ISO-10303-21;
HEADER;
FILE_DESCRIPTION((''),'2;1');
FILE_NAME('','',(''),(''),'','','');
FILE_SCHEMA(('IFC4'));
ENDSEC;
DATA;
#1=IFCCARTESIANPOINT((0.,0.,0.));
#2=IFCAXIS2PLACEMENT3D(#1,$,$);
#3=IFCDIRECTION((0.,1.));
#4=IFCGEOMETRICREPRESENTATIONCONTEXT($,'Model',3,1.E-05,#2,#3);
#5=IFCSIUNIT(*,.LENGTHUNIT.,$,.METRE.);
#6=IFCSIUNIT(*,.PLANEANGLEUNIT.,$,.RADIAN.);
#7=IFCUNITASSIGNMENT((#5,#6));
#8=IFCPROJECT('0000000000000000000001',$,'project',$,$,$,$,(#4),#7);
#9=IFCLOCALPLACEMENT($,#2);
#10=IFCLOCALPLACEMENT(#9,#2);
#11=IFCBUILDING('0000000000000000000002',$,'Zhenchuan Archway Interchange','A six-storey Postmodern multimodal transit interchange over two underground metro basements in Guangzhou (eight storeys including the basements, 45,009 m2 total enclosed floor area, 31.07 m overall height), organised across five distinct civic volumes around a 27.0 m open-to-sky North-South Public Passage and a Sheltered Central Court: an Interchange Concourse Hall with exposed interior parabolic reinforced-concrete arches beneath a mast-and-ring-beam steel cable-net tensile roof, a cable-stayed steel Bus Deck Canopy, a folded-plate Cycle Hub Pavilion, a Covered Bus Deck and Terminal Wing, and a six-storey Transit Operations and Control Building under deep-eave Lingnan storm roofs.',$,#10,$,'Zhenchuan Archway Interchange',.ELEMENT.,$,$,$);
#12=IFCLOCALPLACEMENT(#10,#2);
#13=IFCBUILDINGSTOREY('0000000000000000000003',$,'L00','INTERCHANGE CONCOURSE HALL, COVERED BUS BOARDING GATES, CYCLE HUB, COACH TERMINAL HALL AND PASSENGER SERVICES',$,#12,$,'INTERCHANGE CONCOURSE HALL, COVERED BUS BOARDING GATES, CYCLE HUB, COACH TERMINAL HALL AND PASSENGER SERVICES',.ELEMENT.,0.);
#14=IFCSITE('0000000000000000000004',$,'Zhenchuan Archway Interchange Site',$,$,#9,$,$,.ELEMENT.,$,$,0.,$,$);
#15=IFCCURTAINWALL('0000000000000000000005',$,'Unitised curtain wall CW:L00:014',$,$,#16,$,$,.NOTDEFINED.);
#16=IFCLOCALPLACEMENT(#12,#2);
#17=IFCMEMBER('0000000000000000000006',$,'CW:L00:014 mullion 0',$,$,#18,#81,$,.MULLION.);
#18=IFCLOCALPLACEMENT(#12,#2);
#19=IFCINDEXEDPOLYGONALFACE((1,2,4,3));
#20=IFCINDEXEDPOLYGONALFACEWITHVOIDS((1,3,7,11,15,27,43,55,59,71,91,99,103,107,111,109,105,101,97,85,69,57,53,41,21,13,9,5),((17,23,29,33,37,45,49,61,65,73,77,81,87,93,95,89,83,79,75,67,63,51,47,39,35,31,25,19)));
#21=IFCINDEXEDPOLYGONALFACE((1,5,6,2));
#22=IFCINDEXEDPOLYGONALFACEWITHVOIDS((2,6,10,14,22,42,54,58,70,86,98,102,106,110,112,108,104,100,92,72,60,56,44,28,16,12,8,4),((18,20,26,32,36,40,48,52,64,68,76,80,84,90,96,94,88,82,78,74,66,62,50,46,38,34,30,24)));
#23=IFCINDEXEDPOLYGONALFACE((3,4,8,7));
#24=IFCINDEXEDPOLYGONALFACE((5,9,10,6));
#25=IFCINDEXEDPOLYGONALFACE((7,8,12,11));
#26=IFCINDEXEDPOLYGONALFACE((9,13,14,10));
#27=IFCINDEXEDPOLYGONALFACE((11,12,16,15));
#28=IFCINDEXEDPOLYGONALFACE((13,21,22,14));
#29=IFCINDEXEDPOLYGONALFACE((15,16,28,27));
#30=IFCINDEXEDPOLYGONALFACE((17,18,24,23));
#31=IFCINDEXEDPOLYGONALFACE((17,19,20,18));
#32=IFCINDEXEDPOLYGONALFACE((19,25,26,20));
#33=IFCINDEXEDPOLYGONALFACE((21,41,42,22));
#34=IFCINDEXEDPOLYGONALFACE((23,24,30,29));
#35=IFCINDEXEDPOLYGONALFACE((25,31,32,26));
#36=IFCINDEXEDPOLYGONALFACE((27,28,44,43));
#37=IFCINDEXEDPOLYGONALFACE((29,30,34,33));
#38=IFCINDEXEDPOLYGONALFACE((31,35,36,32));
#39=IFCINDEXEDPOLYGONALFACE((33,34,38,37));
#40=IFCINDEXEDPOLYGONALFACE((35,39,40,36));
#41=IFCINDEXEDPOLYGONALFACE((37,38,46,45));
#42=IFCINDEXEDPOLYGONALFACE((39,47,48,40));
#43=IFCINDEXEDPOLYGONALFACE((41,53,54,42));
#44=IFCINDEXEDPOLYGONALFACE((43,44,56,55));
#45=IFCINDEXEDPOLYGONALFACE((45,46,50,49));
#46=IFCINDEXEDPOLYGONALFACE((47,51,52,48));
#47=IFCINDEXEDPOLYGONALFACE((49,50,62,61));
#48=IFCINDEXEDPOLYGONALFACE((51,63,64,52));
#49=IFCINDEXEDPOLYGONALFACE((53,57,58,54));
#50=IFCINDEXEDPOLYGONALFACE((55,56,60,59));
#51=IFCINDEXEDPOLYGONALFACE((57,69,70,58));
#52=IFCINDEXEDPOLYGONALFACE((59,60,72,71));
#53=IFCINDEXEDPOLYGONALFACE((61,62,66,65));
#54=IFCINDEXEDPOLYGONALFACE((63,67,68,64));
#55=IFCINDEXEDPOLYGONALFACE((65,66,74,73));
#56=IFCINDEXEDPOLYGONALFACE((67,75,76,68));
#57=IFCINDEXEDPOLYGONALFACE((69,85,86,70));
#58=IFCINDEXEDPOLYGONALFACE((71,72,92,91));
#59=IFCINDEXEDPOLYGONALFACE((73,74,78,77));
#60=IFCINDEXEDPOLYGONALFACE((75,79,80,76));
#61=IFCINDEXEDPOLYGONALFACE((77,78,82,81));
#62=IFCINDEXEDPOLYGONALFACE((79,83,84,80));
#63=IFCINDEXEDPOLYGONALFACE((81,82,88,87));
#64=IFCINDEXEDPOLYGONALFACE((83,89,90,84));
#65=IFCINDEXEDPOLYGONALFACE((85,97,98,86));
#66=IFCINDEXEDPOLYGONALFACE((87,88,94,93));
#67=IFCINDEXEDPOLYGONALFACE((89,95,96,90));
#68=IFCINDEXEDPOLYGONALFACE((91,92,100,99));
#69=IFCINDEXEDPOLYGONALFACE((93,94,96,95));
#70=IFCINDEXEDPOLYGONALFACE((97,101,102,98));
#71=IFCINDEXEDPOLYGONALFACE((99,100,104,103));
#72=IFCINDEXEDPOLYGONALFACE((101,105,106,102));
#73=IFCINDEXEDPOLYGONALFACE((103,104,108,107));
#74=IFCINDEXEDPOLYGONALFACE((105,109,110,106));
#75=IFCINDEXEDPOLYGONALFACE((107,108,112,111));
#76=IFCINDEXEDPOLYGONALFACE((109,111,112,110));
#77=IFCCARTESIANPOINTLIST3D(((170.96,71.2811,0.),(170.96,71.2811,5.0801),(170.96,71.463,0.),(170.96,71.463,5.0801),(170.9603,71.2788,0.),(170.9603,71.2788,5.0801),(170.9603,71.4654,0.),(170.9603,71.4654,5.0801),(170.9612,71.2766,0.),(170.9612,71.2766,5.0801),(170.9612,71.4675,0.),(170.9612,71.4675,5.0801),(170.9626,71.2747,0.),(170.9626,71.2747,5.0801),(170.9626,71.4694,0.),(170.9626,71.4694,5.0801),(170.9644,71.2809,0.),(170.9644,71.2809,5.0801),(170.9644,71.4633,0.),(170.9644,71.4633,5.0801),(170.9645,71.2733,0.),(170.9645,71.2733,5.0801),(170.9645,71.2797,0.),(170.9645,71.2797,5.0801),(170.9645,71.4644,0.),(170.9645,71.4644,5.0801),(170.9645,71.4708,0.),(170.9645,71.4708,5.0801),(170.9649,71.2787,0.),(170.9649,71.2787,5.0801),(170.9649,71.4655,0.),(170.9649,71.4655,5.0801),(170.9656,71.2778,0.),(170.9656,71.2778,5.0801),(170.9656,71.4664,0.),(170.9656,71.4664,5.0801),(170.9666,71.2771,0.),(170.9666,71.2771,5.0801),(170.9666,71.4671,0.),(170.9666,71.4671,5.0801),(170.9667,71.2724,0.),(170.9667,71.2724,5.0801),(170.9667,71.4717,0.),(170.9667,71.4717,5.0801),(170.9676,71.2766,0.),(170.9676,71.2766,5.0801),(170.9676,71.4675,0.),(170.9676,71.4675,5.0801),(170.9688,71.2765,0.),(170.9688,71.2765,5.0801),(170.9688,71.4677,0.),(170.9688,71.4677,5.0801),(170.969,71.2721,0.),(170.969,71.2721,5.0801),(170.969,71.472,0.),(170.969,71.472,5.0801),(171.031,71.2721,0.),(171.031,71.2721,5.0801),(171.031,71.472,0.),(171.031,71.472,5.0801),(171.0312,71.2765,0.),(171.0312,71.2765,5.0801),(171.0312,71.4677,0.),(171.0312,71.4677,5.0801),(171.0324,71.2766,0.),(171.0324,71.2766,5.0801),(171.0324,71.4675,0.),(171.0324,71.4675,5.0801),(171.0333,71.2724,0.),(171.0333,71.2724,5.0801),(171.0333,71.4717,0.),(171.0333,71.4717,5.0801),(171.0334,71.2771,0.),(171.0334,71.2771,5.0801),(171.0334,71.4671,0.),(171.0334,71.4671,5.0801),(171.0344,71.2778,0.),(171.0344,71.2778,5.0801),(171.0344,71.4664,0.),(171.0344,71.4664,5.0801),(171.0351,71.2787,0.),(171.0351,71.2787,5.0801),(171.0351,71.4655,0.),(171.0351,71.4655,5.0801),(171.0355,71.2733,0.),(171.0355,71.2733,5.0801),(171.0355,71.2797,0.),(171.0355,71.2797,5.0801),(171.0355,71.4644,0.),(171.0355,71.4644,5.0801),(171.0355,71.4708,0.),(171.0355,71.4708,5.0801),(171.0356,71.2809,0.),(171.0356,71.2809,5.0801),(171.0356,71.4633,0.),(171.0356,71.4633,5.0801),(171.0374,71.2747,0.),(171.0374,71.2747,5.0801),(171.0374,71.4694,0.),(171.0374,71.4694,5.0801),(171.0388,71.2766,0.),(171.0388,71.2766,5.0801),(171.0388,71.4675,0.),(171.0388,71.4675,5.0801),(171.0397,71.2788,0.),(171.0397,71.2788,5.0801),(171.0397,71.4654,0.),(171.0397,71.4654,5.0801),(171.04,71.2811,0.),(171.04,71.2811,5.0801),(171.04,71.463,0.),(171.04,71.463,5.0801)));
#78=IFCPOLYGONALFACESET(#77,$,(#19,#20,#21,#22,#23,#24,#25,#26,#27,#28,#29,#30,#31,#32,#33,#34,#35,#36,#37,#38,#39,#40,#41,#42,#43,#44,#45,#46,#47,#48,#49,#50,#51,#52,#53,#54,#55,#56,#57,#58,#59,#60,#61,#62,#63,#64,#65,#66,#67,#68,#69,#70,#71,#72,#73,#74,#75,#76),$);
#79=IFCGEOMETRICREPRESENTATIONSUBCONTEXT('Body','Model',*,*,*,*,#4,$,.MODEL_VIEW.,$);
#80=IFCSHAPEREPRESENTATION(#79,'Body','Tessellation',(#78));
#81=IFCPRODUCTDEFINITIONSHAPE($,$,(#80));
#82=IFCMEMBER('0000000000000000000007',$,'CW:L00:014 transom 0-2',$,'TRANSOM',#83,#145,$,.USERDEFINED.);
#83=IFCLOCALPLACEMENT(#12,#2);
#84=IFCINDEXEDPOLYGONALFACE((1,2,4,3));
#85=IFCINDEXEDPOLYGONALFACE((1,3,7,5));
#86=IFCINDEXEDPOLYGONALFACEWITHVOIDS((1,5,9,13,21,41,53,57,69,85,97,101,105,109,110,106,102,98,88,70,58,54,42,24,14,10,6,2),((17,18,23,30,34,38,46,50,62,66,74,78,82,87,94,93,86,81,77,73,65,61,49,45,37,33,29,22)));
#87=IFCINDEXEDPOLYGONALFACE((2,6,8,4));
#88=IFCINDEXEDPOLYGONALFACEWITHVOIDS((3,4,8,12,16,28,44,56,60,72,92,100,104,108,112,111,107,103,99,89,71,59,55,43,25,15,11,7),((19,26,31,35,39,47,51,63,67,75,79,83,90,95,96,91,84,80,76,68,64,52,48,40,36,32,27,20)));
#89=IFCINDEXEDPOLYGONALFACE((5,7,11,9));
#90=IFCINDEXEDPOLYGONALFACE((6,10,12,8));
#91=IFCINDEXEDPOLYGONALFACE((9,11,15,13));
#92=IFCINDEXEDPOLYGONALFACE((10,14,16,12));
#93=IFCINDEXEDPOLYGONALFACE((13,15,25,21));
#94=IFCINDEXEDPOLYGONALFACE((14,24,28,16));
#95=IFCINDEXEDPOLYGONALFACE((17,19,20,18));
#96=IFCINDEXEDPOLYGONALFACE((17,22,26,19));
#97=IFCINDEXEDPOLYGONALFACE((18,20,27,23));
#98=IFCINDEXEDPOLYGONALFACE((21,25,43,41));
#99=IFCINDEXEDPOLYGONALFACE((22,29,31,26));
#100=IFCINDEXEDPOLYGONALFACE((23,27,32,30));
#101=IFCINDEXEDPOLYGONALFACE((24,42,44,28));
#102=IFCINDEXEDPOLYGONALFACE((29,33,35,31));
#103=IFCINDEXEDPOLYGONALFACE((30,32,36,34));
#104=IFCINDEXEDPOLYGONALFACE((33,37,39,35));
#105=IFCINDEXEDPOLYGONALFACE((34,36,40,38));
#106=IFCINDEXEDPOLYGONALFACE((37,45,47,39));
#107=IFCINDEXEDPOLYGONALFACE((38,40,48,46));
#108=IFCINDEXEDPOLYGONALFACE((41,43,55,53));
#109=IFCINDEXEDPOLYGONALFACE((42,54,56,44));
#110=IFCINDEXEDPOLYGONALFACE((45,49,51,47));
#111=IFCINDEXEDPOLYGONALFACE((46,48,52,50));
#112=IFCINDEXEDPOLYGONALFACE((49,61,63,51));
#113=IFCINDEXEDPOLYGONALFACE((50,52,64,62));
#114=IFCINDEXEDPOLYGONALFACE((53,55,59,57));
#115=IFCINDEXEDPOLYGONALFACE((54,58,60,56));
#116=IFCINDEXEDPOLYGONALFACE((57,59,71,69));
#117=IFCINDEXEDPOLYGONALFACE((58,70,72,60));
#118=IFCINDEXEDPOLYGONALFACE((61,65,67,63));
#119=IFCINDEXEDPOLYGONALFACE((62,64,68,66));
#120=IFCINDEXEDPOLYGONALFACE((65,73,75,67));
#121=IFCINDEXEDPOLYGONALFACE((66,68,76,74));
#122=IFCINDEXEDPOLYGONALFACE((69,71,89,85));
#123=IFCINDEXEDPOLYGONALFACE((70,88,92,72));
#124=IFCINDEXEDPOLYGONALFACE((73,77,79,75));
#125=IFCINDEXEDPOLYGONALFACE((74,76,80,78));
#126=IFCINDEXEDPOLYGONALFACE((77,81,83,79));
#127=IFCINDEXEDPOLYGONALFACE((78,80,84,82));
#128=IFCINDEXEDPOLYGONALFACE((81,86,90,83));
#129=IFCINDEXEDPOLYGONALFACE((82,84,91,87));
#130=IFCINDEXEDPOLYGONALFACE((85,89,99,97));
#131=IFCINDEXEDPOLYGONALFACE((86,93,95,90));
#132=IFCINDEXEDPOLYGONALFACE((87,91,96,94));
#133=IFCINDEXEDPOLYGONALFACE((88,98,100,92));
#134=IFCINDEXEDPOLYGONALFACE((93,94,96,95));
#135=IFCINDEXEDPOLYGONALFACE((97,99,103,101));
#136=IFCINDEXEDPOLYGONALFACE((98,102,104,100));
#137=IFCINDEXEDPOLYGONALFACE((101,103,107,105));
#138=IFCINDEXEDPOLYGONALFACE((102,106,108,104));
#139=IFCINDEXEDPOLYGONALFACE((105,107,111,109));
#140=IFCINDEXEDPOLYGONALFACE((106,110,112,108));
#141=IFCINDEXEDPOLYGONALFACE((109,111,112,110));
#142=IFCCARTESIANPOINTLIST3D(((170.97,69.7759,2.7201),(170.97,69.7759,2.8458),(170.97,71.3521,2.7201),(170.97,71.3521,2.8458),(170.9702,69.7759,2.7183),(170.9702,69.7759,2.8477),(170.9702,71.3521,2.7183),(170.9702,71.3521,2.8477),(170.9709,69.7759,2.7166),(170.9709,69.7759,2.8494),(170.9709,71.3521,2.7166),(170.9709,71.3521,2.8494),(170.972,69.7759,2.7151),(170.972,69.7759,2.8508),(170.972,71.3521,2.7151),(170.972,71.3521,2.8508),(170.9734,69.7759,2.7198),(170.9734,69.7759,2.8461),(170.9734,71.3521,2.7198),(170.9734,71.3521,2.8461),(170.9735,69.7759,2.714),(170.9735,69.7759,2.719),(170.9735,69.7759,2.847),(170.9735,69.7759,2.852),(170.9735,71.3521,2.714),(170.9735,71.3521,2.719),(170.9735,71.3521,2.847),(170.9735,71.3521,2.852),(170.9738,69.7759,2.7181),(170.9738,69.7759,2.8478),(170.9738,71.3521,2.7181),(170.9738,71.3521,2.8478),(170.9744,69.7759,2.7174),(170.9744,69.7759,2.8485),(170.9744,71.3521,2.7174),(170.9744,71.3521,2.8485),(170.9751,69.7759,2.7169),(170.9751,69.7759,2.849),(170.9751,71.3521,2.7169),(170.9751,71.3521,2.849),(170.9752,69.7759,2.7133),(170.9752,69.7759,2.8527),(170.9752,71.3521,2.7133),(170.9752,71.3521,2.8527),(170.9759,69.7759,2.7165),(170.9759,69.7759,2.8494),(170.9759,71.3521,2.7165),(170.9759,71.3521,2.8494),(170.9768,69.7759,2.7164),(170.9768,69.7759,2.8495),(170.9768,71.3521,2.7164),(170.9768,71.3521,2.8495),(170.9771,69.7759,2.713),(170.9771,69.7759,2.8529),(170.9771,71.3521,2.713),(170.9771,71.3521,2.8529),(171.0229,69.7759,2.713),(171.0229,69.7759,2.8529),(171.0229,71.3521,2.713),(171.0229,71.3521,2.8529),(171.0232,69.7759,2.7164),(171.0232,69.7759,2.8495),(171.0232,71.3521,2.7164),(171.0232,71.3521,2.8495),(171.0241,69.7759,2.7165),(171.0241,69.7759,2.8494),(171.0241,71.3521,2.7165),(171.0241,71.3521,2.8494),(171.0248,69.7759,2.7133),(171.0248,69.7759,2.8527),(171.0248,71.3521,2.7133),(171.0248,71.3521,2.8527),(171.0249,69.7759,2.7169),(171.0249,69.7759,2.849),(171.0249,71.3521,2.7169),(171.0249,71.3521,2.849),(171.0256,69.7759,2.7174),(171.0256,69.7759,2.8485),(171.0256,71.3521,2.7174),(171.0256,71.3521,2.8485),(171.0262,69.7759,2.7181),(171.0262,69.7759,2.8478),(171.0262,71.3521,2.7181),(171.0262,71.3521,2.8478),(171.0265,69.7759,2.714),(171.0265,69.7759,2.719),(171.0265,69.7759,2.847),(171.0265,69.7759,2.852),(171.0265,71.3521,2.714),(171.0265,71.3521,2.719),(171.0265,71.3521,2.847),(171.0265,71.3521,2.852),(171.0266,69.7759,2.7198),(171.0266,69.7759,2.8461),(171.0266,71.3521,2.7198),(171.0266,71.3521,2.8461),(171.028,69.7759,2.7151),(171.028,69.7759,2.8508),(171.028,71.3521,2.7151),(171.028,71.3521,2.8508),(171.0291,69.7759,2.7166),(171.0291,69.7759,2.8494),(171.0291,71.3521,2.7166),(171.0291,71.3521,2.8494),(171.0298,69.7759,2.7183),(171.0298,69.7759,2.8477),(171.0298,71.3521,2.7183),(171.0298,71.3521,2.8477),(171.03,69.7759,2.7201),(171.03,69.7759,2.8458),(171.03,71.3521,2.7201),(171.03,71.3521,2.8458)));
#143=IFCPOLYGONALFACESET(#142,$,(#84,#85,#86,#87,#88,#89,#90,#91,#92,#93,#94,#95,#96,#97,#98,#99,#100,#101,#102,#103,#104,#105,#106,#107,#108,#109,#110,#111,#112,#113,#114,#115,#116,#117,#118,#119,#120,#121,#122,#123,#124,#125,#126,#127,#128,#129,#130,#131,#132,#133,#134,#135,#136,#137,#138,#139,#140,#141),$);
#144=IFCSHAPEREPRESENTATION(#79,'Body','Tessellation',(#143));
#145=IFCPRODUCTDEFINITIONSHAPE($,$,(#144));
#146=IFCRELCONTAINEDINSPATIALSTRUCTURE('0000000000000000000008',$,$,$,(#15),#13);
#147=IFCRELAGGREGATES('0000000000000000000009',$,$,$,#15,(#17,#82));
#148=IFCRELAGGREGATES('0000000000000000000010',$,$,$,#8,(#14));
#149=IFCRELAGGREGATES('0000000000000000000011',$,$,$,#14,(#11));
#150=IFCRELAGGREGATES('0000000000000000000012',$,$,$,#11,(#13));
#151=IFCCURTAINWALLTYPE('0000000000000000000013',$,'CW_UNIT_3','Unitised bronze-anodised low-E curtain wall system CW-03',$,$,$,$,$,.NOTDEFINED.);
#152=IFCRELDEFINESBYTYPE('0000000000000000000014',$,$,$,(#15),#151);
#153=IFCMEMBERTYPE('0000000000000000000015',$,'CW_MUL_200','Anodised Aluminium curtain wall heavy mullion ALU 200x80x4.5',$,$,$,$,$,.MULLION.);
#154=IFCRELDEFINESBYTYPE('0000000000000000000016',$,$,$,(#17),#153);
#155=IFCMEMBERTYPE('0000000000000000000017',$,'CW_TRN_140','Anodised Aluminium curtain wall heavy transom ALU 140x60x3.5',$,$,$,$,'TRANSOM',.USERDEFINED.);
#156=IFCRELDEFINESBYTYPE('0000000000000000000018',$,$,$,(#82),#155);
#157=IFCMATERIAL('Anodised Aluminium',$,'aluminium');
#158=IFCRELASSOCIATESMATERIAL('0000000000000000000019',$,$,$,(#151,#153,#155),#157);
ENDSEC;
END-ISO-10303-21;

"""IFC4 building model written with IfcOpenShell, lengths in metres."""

from ifc_helpers import new_model, si_unit, direction, frame, origin, origin_2d, place, context, subcontext, project, spatial, hollow_rectangle, extrude, material, material_profile, profile_set, type_object, element, aggregate, save


model = new_model("IFC4")

# Units and contexts
model_context = context("Model", 3, precision=1e-05, world=origin(), true_north=direction((0.0, 1.0)))
body_context = subcontext(model_context, "Body", "Model", "MODEL_VIEW")
ifc_project = project(units=[si_unit("LENGTHUNIT", "METRE"), si_unit("PLANEANGLEUNIT", "RADIAN")], contexts=[model_context])

# Site, building, storey
site_placement = place(None, origin())
site = spatial("IfcSite", under=ifc_project, at=site_placement, Name="Zhenchuan Archway Interchange Site", CompositionType="ELEMENT", RefElevation=0.0)
building_placement = place(site_placement, origin())
building = spatial("IfcBuilding", under=site, at=building_placement, Name="Zhenchuan Archway Interchange", Description="A six-storey Postmodern multimodal transit interchange over two underground metro basements in Guangzhou (eight storeys including the basements, 45,009 m2 total enclosed floor area, 31.07 m overall height), organised across five distinct civic volumes around a 27.0 m open-to-sky North-South Public Passage and a Sheltered Central Court: an Interchange Concourse Hall with exposed interior parabolic reinforced-concrete arches beneath a mast-and-ring-beam steel cable-net tensile roof, a cable-stayed steel Bus Deck Canopy, a folded-plate Cycle Hub Pavilion, a Covered Bus Deck and Terminal Wing, and a six-storey Transit Operations and Control Building under deep-eave Lingnan storm roofs.", LongName="Zhenchuan Archway Interchange", CompositionType="ELEMENT")
storey_placement = place(building_placement, origin())
storey = spatial("IfcBuildingStorey", under=building, at=storey_placement, Name="L00", Description="INTERCHANGE CONCOURSE HALL, COVERED BUS BOARDING GATES, CYCLE HUB, COACH TERMINAL HALL AND PASSENGER SERVICES", LongName="INTERCHANGE CONCOURSE HALL, COVERED BUS BOARDING GATES, CYCLE HUB, COACH TERMINAL HALL AND PASSENGER SERVICES", CompositionType="ELEMENT", Elevation=0.0)

# Curtain wall, members
ifc_material_1 = material(Name="Anodised Aluminium", Category="aluminium")
curtain_wall_type = type_object("IfcCurtainWallType", Name="CW_UNIT_3", Description="Unitised bronze-anodised low-E curtain wall system CW-03", PredefinedType="NOTDEFINED", material=ifc_material_1)
curtain_wall_placement = place(storey_placement, origin())
curtain_wall = element("IfcCurtainWall", 1, at=curtain_wall_placement, inside=storey, type_object=curtain_wall_type, Name="Unitised curtain wall CW:L00:014", PredefinedType="NOTDEFINED")
ifc_material_profile_1 = material_profile(ifc_material_1, hollow_rectangle(XDim=0.0801, YDim=0.2, WallThickness=0.0044, InnerFilletRadius=0.0044, OuterFilletRadius=0.009, at=origin_2d()), Name="ALU 200x80x4.5")
ifc_profile_set_1 = profile_set([ifc_material_profile_1], Name="Anodised Aluminium")
member_type_1 = type_object("IfcMemberType", Name="CW_MUL_200", Description="Anodised Aluminium curtain wall heavy mullion ALU 200x80x4.5", PredefinedType="MULLION", material=ifc_profile_set_1)
member_1_placement = place(storey_placement, frame((171.0, 71.3721, 0.0), z_axis=(0.0, 0.0, 1.0), x_axis=(1.0, 0.0, 0.0)))
member_1 = element("IfcMember", 2, at=member_1_placement, type_object=member_type_1, Name="CW:L00:014 mullion 0", PredefinedType="MULLION", context=body_context, shape_type="SweptSolid", body=[
    extrude(hollow_rectangle(XDim=0.0801, YDim=0.2, WallThickness=0.0044, InnerFilletRadius=0.0044, OuterFilletRadius=0.009, at=origin_2d()), origin(), (0.0, 0.0, 1.0), 5.0801),
])
ifc_material_profile_2 = material_profile(ifc_material_1, hollow_rectangle(XDim=0.0601, YDim=0.1399, WallThickness=0.0034, InnerFilletRadius=0.0034, OuterFilletRadius=0.0071, at=origin_2d()), Name="ALU 140x60x3.5")
ifc_profile_set_2 = profile_set([ifc_material_profile_2], Name="Anodised Aluminium")
member_type_2 = type_object("IfcMemberType", Name="CW_TRN_140", Description="Anodised Aluminium curtain wall heavy transom ALU 140x60x3.5", ElementType="TRANSOM", PredefinedType="USERDEFINED", material=ifc_profile_set_2)
member_2_placement = place(storey_placement, frame((171.0, 71.3521, 2.783), z_axis=(0.0, -1.0, 0.0), x_axis=(1.0, 0.0, 0.0)))
member_2 = element("IfcMember", 3, at=member_2_placement, type_object=member_type_2, Name="CW:L00:014 transom 0-2", ObjectType="TRANSOM", PredefinedType="USERDEFINED", context=body_context, shape_type="SweptSolid", body=[
    extrude(hollow_rectangle(XDim=0.0601, YDim=0.1399, WallThickness=0.0034, InnerFilletRadius=0.0034, OuterFilletRadius=0.0071, at=origin_2d()), origin(), (0.0, 0.0, 1.0), 1.5762),
])
aggregate(curtain_wall, [member_1, member_2])

save(model, "model.ifc")
